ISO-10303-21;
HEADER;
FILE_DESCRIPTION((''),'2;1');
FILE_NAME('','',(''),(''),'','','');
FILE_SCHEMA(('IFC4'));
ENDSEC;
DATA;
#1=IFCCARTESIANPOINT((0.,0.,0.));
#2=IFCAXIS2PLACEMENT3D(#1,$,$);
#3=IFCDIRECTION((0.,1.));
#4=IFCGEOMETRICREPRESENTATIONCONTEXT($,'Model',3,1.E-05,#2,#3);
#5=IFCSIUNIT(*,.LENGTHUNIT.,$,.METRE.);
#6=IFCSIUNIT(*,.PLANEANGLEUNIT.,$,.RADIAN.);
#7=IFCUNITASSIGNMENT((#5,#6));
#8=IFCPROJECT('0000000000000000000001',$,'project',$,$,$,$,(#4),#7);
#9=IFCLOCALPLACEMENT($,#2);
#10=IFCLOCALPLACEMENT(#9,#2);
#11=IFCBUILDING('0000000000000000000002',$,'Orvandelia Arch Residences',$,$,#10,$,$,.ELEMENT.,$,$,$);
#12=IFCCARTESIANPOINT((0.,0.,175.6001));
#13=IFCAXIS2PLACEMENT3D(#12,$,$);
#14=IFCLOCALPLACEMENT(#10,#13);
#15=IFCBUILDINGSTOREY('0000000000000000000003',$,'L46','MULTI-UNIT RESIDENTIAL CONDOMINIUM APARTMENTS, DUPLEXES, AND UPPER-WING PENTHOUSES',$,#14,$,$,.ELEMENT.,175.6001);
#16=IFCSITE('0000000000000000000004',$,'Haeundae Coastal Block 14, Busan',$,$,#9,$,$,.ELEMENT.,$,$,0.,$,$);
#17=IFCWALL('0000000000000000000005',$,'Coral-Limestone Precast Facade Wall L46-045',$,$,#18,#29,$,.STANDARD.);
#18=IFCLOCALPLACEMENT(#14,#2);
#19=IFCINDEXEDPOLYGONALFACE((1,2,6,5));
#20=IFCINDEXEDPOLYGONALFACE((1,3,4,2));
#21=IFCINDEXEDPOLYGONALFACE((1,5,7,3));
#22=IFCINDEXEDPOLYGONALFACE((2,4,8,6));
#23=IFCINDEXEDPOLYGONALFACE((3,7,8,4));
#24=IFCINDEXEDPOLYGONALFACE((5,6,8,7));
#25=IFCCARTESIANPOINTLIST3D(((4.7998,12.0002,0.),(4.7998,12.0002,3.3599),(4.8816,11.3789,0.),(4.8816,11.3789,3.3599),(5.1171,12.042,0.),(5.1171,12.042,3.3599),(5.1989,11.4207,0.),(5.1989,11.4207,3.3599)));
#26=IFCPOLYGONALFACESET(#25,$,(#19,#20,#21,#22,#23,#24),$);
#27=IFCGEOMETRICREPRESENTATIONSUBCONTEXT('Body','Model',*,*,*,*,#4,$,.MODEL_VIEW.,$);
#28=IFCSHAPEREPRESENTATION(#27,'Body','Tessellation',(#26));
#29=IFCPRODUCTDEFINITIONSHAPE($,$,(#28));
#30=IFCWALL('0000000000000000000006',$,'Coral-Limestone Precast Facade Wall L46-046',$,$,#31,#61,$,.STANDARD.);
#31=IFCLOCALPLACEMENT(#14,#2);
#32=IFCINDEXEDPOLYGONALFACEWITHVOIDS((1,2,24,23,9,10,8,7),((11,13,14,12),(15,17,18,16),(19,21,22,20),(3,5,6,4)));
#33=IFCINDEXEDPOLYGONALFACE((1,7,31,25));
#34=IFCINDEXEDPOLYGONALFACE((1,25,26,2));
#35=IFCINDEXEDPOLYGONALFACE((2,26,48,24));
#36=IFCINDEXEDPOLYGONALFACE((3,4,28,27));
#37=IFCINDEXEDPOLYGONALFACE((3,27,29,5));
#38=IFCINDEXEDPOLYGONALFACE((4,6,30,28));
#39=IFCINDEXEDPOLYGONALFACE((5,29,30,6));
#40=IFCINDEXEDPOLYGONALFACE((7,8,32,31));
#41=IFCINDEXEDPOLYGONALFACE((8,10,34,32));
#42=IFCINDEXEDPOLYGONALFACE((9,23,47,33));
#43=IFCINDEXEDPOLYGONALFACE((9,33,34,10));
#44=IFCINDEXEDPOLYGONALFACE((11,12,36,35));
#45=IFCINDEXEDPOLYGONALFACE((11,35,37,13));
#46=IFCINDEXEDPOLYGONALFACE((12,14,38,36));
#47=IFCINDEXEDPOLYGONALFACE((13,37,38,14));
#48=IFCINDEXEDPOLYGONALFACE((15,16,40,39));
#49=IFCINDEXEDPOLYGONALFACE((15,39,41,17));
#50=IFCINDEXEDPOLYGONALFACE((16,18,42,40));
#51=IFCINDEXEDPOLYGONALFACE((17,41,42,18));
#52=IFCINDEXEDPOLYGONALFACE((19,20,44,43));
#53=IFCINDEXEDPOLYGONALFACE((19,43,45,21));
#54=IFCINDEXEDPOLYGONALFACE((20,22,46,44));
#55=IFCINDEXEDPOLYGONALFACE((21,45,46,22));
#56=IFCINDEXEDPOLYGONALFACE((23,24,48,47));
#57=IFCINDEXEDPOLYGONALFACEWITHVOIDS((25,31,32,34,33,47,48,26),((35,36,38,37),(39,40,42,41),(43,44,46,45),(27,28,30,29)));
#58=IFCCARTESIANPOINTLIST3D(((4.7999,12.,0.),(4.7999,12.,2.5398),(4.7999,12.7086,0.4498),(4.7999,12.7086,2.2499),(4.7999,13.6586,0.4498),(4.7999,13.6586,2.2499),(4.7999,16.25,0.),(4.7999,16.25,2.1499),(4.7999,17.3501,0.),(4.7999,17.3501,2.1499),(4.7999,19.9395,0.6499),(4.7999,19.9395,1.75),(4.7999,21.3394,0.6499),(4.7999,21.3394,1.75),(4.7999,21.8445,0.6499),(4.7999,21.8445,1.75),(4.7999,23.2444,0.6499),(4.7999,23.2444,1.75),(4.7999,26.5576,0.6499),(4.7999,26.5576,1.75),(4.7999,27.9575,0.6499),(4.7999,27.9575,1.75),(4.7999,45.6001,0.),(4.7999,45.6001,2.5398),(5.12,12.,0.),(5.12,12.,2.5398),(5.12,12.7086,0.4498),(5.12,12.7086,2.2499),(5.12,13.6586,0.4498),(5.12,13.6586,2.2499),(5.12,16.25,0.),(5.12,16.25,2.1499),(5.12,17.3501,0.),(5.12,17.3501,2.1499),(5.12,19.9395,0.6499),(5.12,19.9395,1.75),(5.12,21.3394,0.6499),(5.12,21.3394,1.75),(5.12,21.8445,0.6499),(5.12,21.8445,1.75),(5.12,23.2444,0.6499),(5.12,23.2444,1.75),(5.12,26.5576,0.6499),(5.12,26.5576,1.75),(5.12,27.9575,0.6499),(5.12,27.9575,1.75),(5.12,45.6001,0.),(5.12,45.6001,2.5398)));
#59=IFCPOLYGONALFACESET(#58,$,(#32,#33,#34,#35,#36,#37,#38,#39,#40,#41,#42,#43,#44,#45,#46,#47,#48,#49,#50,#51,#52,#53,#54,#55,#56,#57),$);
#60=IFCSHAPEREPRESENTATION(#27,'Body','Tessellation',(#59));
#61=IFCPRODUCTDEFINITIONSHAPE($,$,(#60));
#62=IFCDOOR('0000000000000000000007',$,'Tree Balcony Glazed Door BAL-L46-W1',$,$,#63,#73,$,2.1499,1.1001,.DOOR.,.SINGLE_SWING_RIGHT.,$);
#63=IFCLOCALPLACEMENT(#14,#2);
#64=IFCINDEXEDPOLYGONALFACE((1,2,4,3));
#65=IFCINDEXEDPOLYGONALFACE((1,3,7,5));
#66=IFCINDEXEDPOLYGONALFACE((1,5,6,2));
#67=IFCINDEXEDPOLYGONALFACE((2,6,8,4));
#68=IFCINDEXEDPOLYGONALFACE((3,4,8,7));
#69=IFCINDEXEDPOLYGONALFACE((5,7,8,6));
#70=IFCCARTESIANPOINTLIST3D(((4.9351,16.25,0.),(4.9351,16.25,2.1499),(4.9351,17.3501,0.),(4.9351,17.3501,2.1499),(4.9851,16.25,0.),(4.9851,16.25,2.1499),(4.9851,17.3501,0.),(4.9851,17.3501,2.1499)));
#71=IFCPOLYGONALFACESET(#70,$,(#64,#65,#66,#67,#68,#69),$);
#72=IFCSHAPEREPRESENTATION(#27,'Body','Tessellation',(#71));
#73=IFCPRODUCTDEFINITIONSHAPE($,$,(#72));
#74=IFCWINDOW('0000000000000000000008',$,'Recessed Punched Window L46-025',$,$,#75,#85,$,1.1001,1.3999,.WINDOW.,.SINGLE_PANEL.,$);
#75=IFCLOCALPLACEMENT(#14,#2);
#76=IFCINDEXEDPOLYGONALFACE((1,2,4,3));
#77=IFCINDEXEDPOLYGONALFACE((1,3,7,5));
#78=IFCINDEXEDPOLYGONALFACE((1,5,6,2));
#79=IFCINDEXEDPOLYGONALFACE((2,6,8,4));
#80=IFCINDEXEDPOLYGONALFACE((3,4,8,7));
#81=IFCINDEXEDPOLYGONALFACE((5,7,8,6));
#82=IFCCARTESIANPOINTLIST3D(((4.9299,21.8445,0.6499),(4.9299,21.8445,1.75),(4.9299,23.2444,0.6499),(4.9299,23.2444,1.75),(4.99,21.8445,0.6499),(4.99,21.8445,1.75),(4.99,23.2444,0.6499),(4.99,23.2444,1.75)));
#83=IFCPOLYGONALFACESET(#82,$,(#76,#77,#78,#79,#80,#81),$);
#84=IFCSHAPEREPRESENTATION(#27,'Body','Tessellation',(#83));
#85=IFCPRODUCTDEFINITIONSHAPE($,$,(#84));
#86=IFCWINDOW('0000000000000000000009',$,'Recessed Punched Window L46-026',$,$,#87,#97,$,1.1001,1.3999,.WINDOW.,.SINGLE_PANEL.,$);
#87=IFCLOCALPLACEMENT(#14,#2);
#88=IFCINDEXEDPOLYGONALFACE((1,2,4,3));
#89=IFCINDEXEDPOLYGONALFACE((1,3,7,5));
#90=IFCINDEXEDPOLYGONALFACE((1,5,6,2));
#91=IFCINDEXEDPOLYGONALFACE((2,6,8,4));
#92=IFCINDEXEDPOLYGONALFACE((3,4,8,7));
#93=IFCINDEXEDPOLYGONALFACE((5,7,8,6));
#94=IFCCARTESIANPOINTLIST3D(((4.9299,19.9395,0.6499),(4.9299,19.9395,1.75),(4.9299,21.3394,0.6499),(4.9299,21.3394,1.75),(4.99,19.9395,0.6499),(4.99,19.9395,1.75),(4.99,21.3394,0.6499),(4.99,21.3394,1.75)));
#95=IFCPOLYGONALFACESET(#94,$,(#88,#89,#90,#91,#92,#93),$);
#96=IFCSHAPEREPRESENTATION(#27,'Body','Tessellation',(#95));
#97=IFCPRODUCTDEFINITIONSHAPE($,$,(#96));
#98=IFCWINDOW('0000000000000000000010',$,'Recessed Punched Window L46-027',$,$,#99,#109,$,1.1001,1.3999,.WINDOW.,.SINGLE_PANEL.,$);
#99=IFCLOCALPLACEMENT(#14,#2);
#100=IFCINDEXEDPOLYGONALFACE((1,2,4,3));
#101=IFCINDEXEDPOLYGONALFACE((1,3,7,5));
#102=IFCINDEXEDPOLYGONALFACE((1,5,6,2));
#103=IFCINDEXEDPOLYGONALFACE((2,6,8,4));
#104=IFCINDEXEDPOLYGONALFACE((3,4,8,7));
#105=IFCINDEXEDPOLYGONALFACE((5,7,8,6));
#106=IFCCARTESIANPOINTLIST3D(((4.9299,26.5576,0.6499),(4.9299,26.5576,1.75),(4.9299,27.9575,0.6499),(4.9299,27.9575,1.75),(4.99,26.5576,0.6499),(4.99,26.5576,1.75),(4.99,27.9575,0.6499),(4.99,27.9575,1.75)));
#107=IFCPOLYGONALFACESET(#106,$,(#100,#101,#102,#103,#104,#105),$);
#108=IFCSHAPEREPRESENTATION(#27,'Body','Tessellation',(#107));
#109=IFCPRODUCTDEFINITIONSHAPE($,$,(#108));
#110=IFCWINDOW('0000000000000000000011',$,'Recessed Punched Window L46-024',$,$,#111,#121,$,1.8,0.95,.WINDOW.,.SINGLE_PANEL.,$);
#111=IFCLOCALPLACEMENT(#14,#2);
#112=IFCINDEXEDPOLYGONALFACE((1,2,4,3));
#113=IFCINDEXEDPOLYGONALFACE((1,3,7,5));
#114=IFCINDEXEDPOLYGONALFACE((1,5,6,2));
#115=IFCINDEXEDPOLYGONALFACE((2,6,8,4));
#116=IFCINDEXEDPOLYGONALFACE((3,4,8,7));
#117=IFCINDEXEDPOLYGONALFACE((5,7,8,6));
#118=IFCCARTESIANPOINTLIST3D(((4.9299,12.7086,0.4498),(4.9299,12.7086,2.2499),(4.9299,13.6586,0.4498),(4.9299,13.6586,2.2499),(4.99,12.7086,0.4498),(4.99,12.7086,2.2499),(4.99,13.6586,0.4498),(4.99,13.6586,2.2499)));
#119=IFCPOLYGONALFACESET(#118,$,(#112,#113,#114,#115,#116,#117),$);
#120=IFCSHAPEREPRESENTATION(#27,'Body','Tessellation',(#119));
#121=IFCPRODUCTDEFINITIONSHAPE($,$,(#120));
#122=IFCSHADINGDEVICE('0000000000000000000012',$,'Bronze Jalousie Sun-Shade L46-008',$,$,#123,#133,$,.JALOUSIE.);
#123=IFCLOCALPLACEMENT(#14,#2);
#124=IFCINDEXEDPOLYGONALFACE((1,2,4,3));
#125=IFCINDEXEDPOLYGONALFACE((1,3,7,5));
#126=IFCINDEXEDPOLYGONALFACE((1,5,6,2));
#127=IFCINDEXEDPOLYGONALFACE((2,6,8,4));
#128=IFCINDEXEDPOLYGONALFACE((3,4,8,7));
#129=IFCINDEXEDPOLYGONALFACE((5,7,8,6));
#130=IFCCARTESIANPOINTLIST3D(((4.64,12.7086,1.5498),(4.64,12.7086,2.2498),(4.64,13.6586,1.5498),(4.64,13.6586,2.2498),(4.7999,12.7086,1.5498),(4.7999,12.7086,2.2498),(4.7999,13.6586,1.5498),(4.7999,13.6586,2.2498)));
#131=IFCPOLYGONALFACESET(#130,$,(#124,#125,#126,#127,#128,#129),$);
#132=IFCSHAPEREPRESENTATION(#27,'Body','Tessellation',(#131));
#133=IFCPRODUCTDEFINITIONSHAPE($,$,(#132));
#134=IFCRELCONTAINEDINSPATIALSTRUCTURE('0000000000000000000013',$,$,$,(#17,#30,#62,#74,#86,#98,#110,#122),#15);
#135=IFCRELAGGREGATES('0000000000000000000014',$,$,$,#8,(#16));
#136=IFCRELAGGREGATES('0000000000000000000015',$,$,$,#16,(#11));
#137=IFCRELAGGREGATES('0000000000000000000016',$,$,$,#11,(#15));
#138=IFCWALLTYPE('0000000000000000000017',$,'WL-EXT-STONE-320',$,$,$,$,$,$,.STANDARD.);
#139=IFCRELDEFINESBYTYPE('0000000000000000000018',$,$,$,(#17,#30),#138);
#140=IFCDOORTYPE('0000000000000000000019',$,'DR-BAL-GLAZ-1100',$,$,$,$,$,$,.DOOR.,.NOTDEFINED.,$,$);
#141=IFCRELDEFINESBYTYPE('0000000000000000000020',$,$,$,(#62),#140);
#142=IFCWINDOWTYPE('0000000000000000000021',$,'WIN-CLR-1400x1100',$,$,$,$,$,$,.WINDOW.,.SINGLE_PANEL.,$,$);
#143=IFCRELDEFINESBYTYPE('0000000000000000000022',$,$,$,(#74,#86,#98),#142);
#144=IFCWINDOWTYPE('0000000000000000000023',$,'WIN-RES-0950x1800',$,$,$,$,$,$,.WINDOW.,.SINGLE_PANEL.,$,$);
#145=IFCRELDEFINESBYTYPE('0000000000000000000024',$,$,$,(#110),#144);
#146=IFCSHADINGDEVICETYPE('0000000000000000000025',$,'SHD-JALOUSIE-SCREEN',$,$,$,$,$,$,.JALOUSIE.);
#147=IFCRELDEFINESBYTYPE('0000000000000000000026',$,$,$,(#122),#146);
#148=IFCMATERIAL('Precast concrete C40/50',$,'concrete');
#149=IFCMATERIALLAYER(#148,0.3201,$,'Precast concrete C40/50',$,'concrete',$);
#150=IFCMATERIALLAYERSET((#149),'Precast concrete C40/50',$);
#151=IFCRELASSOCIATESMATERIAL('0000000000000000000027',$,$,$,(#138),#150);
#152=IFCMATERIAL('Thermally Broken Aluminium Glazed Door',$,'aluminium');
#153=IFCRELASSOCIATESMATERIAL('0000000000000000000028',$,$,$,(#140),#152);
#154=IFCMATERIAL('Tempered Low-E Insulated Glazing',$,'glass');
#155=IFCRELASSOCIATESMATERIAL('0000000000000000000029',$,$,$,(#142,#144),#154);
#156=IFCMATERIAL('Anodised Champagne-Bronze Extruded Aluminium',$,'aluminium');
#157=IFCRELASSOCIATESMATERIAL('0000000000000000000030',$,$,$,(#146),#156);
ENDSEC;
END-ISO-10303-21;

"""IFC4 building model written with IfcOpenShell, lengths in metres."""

from ifc_helpers import new_model, si_unit, direction, frame, frame_2d, origin, origin_2d, place, context, subcontext, project, spatial, rectangle, extrude, material, layer, layer_set, type_object, element, fill, save


model = new_model("IFC4")

# Units and contexts
model_context = context("Model", 3, precision=1e-05, world=origin(), true_north=direction((0.0, 1.0)))
body_context = subcontext(model_context, "Body", "Model", "MODEL_VIEW")
ifc_project = project(units=[si_unit("LENGTHUNIT", "METRE"), si_unit("PLANEANGLEUNIT", "RADIAN")], contexts=[model_context])

# Site, building, storey
site_placement = place(None, origin())
site = spatial("IfcSite", under=ifc_project, at=site_placement, Name="Haeundae Coastal Block 14, Busan", CompositionType="ELEMENT", RefElevation=0.0)
building_placement = place(site_placement, origin())
building = spatial("IfcBuilding", under=site, at=building_placement, Name="Orvandelia Arch Residences", CompositionType="ELEMENT")
storey_placement = place(building_placement, frame((0.0, 0.0, 175.6001)))
storey = spatial("IfcBuildingStorey", under=building, at=storey_placement, Name="L46", Description="MULTI-UNIT RESIDENTIAL CONDOMINIUM APARTMENTS, DUPLEXES, AND UPPER-WING PENTHOUSES", CompositionType="ELEMENT", Elevation=175.6001)

# Shared definitions
ifc_material_1 = material(Name="Precast concrete C40/50", Category="concrete")

# Wall
ifc_layer_1 = layer(ifc_material_1, 0.3201, Name="Precast concrete C40/50", Category="concrete")
ifc_layer_set_1 = layer_set([ifc_layer_1], Name="Precast concrete C40/50")
wall_type_1 = type_object("IfcWallType", Name="WL-EXT-STONE-320", PredefinedType="STANDARD", material=ifc_layer_set_1)
wall_1_placement = place(storey_placement, frame((5.0403, 11.3997, 0.0), z_axis=(0.0, 0.0, 1.0), x_axis=(-0.130505, 0.991448, 0.0)))
element("IfcWall", 1, at=wall_1_placement, inside=storey, type_object=wall_type_1, Name="Coral-Limestone Precast Facade Wall L46-045", PredefinedType="STANDARD", context=body_context, shape_type="SweptSolid", body=[
    extrude(rectangle(XDim=0.6267, YDim=0.3201, at=frame_2d((0.3135, 0.0))), origin(), (0.0, 0.0, 1.0), 3.3599),
])

# Wall, openings, door, windows
wall_2_placement = place(storey_placement, frame((4.96, 12.0, 0.0), z_axis=(0.0, 0.0, 1.0), x_axis=(0.0, 1.0, 0.0)))
wall_2 = element("IfcWall", 2, at=wall_2_placement, inside=storey, type_object=wall_type_1, Name="Coral-Limestone Precast Facade Wall L46-046", PredefinedType="STANDARD", context=body_context, shape_type="SweptSolid", body=[
    extrude(rectangle(XDim=33.6001, YDim=0.3201, at=frame_2d((16.8, 0.0))), origin(), (0.0, 0.0, 1.0), 2.5398),
])
opening_1_placement = place(wall_2_placement, frame((4.25, 0.0, 0.0)))
opening_1 = element("IfcOpeningElement", 3, at=opening_1_placement, cuts=wall_2, PredefinedType="OPENING", context=body_context, shape_type="SweptSolid", body=[
    extrude(rectangle(XDim=1.1001, YDim=2.1499, at=frame_2d((0.55, 1.075))), frame((0.0, 0.1699, 0.0), z_axis=(0.0, -1.0, 0.0), x_axis=(1.0, 0.0, 0.0)), (0.0, 0.0, 1.0), 0.3401),
])
opening_2_placement = place(wall_2_placement, frame((0.7085, 0.0, 0.45)))
opening_2 = element("IfcOpeningElement", 4, at=opening_2_placement, cuts=wall_2, PredefinedType="OPENING", context=body_context, shape_type="SweptSolid", body=[
    extrude(rectangle(XDim=0.95, YDim=1.8, at=frame_2d((0.4751, 0.8999))), frame((0.0, 0.1699, 0.0), z_axis=(0.0, -1.0, 0.0), x_axis=(1.0, 0.0, 0.0)), (0.0, 0.0, 1.0), 0.3401),
])
opening_3_placement = place(wall_2_placement, frame((9.8445, 0.0, 0.6499)))
opening_3 = element("IfcOpeningElement", 5, at=opening_3_placement, cuts=wall_2, PredefinedType="OPENING", context=body_context, shape_type="SweptSolid", body=[
    extrude(rectangle(XDim=1.3999, YDim=1.1001, at=frame_2d((0.7, 0.55))), frame((0.0, 0.1699, 0.0), z_axis=(0.0, -1.0, 0.0), x_axis=(1.0, 0.0, 0.0)), (0.0, 0.0, 1.0), 0.3401),
])
opening_4_placement = place(wall_2_placement, frame((7.9395, 0.0, 0.6499)))
opening_4 = element("IfcOpeningElement", 6, at=opening_4_placement, cuts=wall_2, PredefinedType="OPENING", context=body_context, shape_type="SweptSolid", body=[
    extrude(rectangle(XDim=1.3999, YDim=1.1001, at=frame_2d((0.7, 0.55))), frame((0.0, 0.1699, 0.0), z_axis=(0.0, -1.0, 0.0), x_axis=(1.0, 0.0, 0.0)), (0.0, 0.0, 1.0), 0.3401),
])
opening_5_placement = place(wall_2_placement, frame((14.5576, 0.0, 0.6499)))
opening_5 = element("IfcOpeningElement", 7, at=opening_5_placement, cuts=wall_2, PredefinedType="OPENING", context=body_context, shape_type="SweptSolid", body=[
    extrude(rectangle(XDim=1.3999, YDim=1.1001, at=frame_2d((0.7, 0.55))), frame((0.0, 0.1699, 0.0), z_axis=(0.0, -1.0, 0.0), x_axis=(1.0, 0.0, 0.0)), (0.0, 0.0, 1.0), 0.3401),
])
ifc_material_2 = material(Name="Thermally Broken Aluminium Glazed Door", Category="aluminium")
door_type_1 = type_object("IfcDoorType", Name="DR-BAL-GLAZ-1100", OperationType="NOTDEFINED", PredefinedType="DOOR", material=ifc_material_2)
door_1_placement = place(opening_1_placement, origin())
door_1 = element("IfcDoor", 8, at=door_1_placement, inside=storey, type_object=door_type_1, Name="Tree Balcony Glazed Door BAL-L46-W1", OperationType="SINGLE_SWING_RIGHT", OverallHeight=2.1499, OverallWidth=1.1001, PredefinedType="DOOR", context=body_context, shape_type="SweptSolid", body=[
    extrude(rectangle(XDim=1.1001, YDim=2.1499, at=frame_2d((0.55, 1.075))), frame((0.0, 0.0249, 0.0), z_axis=(0.0, -1.0, 0.0), x_axis=(1.0, 0.0, 0.0)), (0.0, 0.0, 1.0), 0.05),
])
fill(opening_1, door_1)
ifc_material_3 = material(Name="Tempered Low-E Insulated Glazing", Category="glass")
window_type_1 = type_object("IfcWindowType", Name="WIN-CLR-1400x1100", PartitioningType="SINGLE_PANEL", PredefinedType="WINDOW", material=ifc_material_3)
window_1_placement = place(opening_3_placement, origin())
window_1 = element("IfcWindow", 9, at=window_1_placement, inside=storey, type_object=window_type_1, Name="Recessed Punched Window L46-025", OverallHeight=1.1001, OverallWidth=1.3999, PartitioningType="SINGLE_PANEL", PredefinedType="WINDOW", context=body_context, shape_type="SweptSolid", body=[
    extrude(rectangle(XDim=1.3999, YDim=1.1001, at=frame_2d((0.7, 0.55))), frame((0.0, 0.03, 0.0), z_axis=(0.0, -1.0, 0.0), x_axis=(1.0, 0.0, 0.0)), (0.0, 0.0, 1.0), 0.0601),
])
fill(opening_3, window_1)
window_2_placement = place(opening_4_placement, origin())
window_2 = element("IfcWindow", 10, at=window_2_placement, inside=storey, type_object=window_type_1, Name="Recessed Punched Window L46-026", OverallHeight=1.1001, OverallWidth=1.3999, PartitioningType="SINGLE_PANEL", PredefinedType="WINDOW", context=body_context, shape_type="SweptSolid", body=[
    extrude(rectangle(XDim=1.3999, YDim=1.1001, at=frame_2d((0.7, 0.55))), frame((0.0, 0.03, 0.0), z_axis=(0.0, -1.0, 0.0), x_axis=(1.0, 0.0, 0.0)), (0.0, 0.0, 1.0), 0.0601),
])
fill(opening_4, window_2)
window_3_placement = place(opening_5_placement, origin())
window_3 = element("IfcWindow", 11, at=window_3_placement, inside=storey, type_object=window_type_1, Name="Recessed Punched Window L46-027", OverallHeight=1.1001, OverallWidth=1.3999, PartitioningType="SINGLE_PANEL", PredefinedType="WINDOW", context=body_context, shape_type="SweptSolid", body=[
    extrude(rectangle(XDim=1.3999, YDim=1.1001, at=frame_2d((0.7, 0.55))), frame((0.0, 0.03, 0.0), z_axis=(0.0, -1.0, 0.0), x_axis=(1.0, 0.0, 0.0)), (0.0, 0.0, 1.0), 0.0601),
])
fill(opening_5, window_3)
window_type_2 = type_object("IfcWindowType", Name="WIN-RES-0950x1800", PartitioningType="SINGLE_PANEL", PredefinedType="WINDOW", material=ifc_material_3)
window_4_placement = place(opening_2_placement, origin())
window_4 = element("IfcWindow", 12, at=window_4_placement, inside=storey, type_object=window_type_2, Name="Recessed Punched Window L46-024", OverallHeight=1.8, OverallWidth=0.95, PartitioningType="SINGLE_PANEL", PredefinedType="WINDOW", context=body_context, shape_type="SweptSolid", body=[
    extrude(rectangle(XDim=0.95, YDim=1.8, at=frame_2d((0.4751, 0.8999))), frame((0.0, 0.03, 0.0), z_axis=(0.0, -1.0, 0.0), x_axis=(1.0, 0.0, 0.0)), (0.0, 0.0, 1.0), 0.0601),
])
fill(opening_2, window_4)

# Shading device
ifc_material_4 = material(Name="Anodised Champagne-Bronze Extruded Aluminium", Category="aluminium")
shading_device_type = type_object("IfcShadingDeviceType", Name="SHD-JALOUSIE-SCREEN", PredefinedType="JALOUSIE", material=ifc_material_4)
shading_device_placement = place(storey_placement, frame((4.72, 13.1836, 1.5498), z_axis=(0.0, 0.0, 1.0), x_axis=(0.0, 1.0, 0.0)))
element("IfcShadingDevice", 13, at=shading_device_placement, inside=storey, type_object=shading_device_type, Name="Bronze Jalousie Sun-Shade L46-008", PredefinedType="JALOUSIE", context=body_context, shape_type="SweptSolid", body=[
    extrude(rectangle(XDim=0.95, YDim=0.1599, at=origin_2d()), origin(), (0.0, 0.0, 1.0), 0.7),
])

save(model, "model.ifc")
